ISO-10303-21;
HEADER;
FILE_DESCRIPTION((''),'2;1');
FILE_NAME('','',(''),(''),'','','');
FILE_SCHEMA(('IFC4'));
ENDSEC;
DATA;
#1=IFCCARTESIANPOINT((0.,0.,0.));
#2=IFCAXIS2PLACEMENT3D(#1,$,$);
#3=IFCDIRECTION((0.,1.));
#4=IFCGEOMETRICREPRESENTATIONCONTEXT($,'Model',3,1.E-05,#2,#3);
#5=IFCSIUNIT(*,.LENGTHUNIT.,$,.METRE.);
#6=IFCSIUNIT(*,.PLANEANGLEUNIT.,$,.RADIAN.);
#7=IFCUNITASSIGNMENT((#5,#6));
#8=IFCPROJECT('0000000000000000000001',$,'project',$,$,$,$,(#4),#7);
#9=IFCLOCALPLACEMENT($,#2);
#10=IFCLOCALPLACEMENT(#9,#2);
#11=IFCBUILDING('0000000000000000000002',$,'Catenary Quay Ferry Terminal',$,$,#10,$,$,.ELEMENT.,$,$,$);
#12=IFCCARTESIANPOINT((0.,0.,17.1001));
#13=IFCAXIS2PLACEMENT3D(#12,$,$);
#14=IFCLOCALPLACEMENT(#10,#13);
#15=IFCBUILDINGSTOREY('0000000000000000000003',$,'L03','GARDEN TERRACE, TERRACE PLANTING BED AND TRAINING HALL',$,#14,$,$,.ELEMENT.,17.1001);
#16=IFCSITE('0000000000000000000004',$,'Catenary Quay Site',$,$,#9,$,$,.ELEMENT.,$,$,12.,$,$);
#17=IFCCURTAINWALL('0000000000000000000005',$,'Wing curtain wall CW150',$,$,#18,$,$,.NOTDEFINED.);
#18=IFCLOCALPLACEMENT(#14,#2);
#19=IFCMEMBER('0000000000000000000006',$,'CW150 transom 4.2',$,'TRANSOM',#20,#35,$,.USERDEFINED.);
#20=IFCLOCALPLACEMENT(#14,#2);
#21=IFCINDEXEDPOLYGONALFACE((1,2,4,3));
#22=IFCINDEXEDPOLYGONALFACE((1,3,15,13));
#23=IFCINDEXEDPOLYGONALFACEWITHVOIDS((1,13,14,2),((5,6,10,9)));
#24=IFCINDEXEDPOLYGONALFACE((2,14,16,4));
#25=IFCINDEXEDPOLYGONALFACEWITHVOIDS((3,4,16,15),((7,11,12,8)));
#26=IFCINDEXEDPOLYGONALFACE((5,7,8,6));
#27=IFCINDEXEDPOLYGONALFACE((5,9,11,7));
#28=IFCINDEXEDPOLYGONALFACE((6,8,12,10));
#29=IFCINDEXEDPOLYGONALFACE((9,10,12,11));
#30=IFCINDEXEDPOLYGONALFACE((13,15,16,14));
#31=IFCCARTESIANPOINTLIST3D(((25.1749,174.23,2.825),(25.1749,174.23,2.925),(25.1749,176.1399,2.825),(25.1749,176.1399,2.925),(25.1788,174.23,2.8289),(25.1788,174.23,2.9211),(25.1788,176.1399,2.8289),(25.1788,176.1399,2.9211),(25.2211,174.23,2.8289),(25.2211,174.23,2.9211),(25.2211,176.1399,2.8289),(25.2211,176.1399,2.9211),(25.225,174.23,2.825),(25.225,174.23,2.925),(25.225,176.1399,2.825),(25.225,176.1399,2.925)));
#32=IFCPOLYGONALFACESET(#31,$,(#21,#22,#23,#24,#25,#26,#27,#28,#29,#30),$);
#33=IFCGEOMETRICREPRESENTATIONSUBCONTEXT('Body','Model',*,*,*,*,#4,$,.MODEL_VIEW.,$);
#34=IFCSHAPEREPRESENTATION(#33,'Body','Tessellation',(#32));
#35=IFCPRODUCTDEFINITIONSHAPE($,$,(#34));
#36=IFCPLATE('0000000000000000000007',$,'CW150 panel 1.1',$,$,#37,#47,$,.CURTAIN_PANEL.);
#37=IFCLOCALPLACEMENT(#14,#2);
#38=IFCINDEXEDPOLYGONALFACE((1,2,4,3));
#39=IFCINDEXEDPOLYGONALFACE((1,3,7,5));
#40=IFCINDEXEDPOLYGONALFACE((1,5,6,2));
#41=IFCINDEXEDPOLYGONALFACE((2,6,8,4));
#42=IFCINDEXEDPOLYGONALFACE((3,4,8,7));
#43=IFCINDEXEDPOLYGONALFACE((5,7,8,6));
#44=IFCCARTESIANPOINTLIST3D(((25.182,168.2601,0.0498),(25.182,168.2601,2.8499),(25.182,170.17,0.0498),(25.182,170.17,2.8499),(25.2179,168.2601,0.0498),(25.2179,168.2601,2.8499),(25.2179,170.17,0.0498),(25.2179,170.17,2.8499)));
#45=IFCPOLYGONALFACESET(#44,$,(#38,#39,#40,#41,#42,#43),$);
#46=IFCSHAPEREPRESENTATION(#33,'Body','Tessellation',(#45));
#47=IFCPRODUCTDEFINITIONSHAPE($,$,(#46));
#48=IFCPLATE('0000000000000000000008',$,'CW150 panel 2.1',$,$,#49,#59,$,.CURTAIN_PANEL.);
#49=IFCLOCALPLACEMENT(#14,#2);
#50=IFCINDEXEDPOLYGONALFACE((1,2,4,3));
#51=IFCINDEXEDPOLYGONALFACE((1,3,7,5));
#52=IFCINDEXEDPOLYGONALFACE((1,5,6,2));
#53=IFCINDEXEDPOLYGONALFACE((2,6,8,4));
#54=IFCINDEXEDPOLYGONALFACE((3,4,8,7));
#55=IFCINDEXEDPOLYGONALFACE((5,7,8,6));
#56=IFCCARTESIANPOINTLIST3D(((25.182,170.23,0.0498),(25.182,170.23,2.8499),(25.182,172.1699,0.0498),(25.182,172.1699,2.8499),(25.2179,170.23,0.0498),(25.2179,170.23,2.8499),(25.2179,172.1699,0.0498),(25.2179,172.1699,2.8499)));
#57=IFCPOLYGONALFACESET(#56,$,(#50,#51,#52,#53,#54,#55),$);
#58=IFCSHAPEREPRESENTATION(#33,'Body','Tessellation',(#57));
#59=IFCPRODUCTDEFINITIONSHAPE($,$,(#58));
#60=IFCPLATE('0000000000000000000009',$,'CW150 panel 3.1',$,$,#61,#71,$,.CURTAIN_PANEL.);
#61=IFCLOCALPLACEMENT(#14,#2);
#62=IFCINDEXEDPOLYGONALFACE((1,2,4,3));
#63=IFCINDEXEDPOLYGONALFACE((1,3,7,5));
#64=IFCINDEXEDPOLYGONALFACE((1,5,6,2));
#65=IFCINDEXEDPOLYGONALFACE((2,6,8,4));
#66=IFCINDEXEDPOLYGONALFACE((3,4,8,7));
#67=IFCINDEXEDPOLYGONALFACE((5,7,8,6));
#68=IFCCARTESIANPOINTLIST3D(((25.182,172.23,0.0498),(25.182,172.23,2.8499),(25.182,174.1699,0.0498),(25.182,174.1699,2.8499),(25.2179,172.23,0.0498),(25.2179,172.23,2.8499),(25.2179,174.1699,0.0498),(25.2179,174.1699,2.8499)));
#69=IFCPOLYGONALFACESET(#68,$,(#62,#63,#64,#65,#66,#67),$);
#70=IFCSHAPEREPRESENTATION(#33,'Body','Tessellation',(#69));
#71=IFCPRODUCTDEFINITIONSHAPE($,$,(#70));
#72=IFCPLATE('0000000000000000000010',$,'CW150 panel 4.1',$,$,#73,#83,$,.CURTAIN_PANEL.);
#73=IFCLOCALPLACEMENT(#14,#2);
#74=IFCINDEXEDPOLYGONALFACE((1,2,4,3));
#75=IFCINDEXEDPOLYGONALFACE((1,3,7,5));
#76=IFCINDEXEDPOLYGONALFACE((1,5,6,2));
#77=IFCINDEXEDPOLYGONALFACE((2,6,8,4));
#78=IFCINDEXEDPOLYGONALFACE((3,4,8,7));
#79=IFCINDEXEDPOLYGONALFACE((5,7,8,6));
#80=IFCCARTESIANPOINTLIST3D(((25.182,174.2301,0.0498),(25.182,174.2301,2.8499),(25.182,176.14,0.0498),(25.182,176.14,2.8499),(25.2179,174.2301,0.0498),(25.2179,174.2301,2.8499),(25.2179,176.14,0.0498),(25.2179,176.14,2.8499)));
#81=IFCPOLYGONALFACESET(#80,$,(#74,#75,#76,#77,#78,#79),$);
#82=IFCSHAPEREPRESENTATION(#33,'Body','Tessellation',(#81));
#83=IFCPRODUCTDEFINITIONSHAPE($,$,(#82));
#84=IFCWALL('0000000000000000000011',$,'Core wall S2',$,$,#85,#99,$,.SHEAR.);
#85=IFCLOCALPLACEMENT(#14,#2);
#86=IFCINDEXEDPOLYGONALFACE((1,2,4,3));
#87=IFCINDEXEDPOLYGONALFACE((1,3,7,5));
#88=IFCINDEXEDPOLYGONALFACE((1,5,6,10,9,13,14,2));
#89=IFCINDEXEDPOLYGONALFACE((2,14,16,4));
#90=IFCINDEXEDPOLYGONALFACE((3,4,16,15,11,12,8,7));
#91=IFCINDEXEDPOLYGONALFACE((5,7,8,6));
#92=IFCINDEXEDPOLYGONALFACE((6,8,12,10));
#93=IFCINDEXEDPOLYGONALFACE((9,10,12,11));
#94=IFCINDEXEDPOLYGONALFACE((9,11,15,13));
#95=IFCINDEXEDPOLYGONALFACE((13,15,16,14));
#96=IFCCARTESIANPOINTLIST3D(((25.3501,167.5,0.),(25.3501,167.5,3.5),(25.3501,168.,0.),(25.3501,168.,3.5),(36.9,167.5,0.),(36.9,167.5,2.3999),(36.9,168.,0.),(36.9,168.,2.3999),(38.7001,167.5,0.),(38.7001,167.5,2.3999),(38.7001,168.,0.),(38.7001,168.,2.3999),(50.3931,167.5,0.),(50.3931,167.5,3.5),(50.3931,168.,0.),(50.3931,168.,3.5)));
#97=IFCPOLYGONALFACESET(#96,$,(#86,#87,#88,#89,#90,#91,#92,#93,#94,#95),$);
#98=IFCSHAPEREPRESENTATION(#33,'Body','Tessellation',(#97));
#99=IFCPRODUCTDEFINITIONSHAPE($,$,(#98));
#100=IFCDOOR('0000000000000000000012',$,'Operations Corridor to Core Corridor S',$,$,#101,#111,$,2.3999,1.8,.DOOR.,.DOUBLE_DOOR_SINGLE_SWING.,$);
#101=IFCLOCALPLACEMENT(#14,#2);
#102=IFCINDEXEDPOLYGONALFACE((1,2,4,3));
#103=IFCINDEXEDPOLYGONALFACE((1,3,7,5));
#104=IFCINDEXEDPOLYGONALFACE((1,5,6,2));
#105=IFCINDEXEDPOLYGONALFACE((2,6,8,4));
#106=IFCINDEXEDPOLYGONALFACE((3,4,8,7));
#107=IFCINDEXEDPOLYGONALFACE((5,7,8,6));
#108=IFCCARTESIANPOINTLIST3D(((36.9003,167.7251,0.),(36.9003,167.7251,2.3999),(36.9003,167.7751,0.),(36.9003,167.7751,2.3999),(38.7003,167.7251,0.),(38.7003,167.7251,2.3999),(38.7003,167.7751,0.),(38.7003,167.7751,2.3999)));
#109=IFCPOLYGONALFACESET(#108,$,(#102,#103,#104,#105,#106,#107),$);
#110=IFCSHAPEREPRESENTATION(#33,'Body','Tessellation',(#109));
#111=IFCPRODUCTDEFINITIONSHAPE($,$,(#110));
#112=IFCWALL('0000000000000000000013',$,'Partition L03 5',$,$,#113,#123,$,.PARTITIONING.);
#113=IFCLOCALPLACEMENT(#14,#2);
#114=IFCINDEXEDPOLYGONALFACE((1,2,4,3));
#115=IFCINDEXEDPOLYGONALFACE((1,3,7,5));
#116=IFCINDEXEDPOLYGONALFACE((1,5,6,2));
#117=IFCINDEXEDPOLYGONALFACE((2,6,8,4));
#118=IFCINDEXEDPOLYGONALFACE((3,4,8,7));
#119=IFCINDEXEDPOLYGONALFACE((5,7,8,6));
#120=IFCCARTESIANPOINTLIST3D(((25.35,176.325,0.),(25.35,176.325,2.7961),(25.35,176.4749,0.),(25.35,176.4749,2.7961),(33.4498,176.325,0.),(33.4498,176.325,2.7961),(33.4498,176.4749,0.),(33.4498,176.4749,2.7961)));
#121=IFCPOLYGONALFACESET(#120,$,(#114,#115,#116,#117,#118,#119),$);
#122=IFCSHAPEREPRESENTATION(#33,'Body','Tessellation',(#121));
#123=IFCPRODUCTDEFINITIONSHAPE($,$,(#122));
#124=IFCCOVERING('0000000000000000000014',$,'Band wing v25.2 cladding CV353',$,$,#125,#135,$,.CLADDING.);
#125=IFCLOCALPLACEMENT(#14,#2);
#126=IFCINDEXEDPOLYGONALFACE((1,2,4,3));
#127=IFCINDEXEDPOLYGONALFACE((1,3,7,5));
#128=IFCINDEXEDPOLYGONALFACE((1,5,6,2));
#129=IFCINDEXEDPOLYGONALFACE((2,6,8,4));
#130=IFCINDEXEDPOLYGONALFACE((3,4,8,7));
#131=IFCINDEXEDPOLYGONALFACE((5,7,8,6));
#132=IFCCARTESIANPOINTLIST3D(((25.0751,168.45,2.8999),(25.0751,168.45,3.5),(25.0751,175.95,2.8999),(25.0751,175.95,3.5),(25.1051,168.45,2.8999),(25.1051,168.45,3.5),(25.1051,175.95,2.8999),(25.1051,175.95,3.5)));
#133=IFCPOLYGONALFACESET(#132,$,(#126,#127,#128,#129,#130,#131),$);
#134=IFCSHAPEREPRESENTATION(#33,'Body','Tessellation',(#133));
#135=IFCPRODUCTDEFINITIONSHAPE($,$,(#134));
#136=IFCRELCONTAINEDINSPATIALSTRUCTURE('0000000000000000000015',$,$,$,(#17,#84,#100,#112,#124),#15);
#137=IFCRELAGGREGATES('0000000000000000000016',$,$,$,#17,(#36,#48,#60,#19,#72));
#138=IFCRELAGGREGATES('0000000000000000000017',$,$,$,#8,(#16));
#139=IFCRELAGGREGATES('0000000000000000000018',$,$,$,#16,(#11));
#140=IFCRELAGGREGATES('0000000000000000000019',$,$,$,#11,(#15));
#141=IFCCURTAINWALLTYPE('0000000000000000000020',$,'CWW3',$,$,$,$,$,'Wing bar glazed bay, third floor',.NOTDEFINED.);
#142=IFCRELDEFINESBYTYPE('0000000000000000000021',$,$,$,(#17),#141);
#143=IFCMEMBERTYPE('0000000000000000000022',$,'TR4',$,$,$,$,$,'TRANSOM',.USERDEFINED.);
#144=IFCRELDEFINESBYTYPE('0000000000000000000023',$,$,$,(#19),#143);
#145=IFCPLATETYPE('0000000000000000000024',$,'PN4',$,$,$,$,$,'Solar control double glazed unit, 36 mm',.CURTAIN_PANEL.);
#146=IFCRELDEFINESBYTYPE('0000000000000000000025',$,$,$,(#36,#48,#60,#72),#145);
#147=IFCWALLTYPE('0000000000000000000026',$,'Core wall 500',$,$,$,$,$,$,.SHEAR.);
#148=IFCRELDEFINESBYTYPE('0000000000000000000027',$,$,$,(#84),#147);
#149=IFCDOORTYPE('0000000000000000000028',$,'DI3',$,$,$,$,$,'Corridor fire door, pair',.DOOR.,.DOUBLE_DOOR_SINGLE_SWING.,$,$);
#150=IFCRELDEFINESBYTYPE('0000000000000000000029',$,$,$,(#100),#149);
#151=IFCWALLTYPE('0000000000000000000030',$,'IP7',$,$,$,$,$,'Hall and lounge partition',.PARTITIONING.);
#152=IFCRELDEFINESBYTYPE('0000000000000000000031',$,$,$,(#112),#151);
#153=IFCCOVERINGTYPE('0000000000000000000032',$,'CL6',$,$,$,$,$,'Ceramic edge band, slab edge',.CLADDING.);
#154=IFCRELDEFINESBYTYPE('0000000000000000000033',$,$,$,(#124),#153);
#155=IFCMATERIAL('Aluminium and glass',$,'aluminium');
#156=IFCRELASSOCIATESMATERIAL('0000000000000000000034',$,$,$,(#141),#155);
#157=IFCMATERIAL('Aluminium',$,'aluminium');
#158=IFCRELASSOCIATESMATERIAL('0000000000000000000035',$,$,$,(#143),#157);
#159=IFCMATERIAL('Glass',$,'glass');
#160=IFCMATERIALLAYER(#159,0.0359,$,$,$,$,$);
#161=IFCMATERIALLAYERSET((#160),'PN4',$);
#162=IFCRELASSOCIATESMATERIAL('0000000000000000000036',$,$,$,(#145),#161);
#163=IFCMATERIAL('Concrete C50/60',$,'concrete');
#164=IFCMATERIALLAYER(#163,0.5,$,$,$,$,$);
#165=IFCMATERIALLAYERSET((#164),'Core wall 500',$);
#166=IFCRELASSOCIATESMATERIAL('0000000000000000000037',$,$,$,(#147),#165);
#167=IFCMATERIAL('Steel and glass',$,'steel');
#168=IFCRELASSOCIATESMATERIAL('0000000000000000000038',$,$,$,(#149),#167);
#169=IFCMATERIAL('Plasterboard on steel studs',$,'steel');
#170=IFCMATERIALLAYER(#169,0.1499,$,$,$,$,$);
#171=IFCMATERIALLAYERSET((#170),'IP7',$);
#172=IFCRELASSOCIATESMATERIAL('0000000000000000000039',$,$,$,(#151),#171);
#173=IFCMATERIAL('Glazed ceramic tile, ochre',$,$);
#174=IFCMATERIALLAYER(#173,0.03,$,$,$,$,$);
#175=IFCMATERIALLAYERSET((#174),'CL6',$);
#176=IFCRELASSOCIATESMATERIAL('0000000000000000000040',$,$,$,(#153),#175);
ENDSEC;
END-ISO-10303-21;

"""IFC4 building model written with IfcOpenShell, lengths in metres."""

from ifc_helpers import new_model, si_unit, direction, frame, frame_2d, origin, origin_2d, place, context, subcontext, project, spatial, rectangle, hollow_rectangle, extrude, material, layer, layer_set, material_profile, profile_set, type_object, element, fill, aggregate, save


model = new_model("IFC4")

# Units and contexts
model_context = context("Model", 3, precision=1e-05, world=origin(), true_north=direction((0.0, 1.0)))
body_context = subcontext(model_context, "Body", "Model", "MODEL_VIEW")
ifc_project = project(units=[si_unit("LENGTHUNIT", "METRE"), si_unit("PLANEANGLEUNIT", "RADIAN")], contexts=[model_context])

# Site, building, storey
site_placement = place(None, origin())
site = spatial("IfcSite", under=ifc_project, at=site_placement, Name="Catenary Quay Site", CompositionType="ELEMENT", RefElevation=12.0)
building_placement = place(site_placement, origin())
building = spatial("IfcBuilding", under=site, at=building_placement, Name="Catenary Quay Ferry Terminal", CompositionType="ELEMENT")
storey_placement = place(building_placement, frame((0.0, 0.0, 17.1001)))
storey = spatial("IfcBuildingStorey", under=building, at=storey_placement, Name="L03", Description="GARDEN TERRACE, TERRACE PLANTING BED AND TRAINING HALL", CompositionType="ELEMENT", Elevation=17.1001)

# Curtain wall
ifc_material_1 = material(Name="Aluminium and glass", Category="aluminium")
curtain_wall_type = type_object("IfcCurtainWallType", Name="CWW3", ElementType="Wing bar glazed bay, third floor", PredefinedType="NOTDEFINED", material=ifc_material_1)
curtain_wall_1_placement = place(storey_placement, origin())
curtain_wall_1 = element("IfcCurtainWall", 1, at=curtain_wall_1_placement, inside=storey, type_object=curtain_wall_type, Name="Wing curtain wall CW150", PredefinedType="NOTDEFINED")

# Member
ifc_material_2 = material(Name="Aluminium", Category="aluminium")
ifc_material_profile_1 = material_profile(ifc_material_2, hollow_rectangle(XDim=0.05, YDim=0.1001, WallThickness=0.0039, at=origin_2d()), Name="TR4")
ifc_profile_set_1 = profile_set([ifc_material_profile_1], Name="Aluminium")
member_type_1 = type_object("IfcMemberType", Name="TR4", ElementType="TRANSOM", PredefinedType="USERDEFINED", material=ifc_profile_set_1)
member_1_placement = place(storey_placement, frame((25.2, 174.23, 2.875), z_axis=(0.0, 1.0, 0.0), x_axis=(-1.0, 0.0, 0.0)))
member_1 = element("IfcMember", 2, at=member_1_placement, type_object=member_type_1, Name="CW150 transom 4.2", ObjectType="TRANSOM", PredefinedType="USERDEFINED", context=body_context, shape_type="SweptSolid", body=[
    extrude(hollow_rectangle(XDim=0.05, YDim=0.1001, WallThickness=0.0039, at=origin_2d()), origin(), (0.0, 0.0, 1.0), 1.9099),
])

# Plates
ifc_material_3 = material(Name="Glass", Category="glass")
ifc_layer_1 = layer(ifc_material_3, 0.0359)
ifc_layer_set_1 = layer_set([ifc_layer_1], Name="PN4")
plate_type = type_object("IfcPlateType", Name="PN4", ElementType="Solar control double glazed unit, 36 mm", PredefinedType="CURTAIN_PANEL", material=ifc_layer_set_1)
plate_1_placement = place(storey_placement, frame((25.2, 169.2151, 0.0498), z_axis=(0.0, 0.0, 1.0), x_axis=(0.0, 1.0, 0.0)))
plate_1 = element("IfcPlate", 3, at=plate_1_placement, type_object=plate_type, Name="CW150 panel 1.1", PredefinedType="CURTAIN_PANEL", context=body_context, shape_type="SweptSolid", body=[
    extrude(rectangle(XDim=1.9099, YDim=0.0359, at=origin_2d()), origin(), (0.0, 0.0, 1.0), 2.8),
])
plate_2_placement = place(storey_placement, frame((25.2, 171.2, 0.0498), z_axis=(0.0, 0.0, 1.0), x_axis=(0.0, 1.0, 0.0)))
plate_2 = element("IfcPlate", 4, at=plate_2_placement, type_object=plate_type, Name="CW150 panel 2.1", PredefinedType="CURTAIN_PANEL", context=body_context, shape_type="SweptSolid", body=[
    extrude(rectangle(XDim=1.9399, YDim=0.0359, at=origin_2d()), origin(), (0.0, 0.0, 1.0), 2.8),
])
plate_3_placement = place(storey_placement, frame((25.2, 173.2, 0.0498), z_axis=(0.0, 0.0, 1.0), x_axis=(0.0, 1.0, 0.0)))
plate_3 = element("IfcPlate", 5, at=plate_3_placement, type_object=plate_type, Name="CW150 panel 3.1", PredefinedType="CURTAIN_PANEL", context=body_context, shape_type="SweptSolid", body=[
    extrude(rectangle(XDim=1.9399, YDim=0.0359, at=origin_2d()), origin(), (0.0, 0.0, 1.0), 2.8),
])
plate_4_placement = place(storey_placement, frame((25.2, 175.1851, 0.0498), z_axis=(0.0, 0.0, 1.0), x_axis=(0.0, 1.0, 0.0)))
plate_4 = element("IfcPlate", 6, at=plate_4_placement, type_object=plate_type, Name="CW150 panel 4.1", PredefinedType="CURTAIN_PANEL", context=body_context, shape_type="SweptSolid", body=[
    extrude(rectangle(XDim=1.9099, YDim=0.0359, at=origin_2d()), origin(), (0.0, 0.0, 1.0), 2.8),
])
aggregate(curtain_wall_1, [plate_1, plate_2, plate_3, member_1, plate_4])

# Wall, opening, door
ifc_material_4 = material(Name="Concrete C50/60", Category="concrete")
ifc_layer_2 = layer(ifc_material_4, 0.5)
ifc_layer_set_2 = layer_set([ifc_layer_2], Name="Core wall 500")
wall_type_1 = type_object("IfcWallType", Name="Core wall 500", PredefinedType="SHEAR", material=ifc_layer_set_2)
wall_1_placement = place(storey_placement, frame((25.3501, 167.75, 0.0), z_axis=(0.0, 0.0, 1.0), x_axis=(1.0, 0.0, 0.0)))
wall_1 = element("IfcWall", 7, at=wall_1_placement, inside=storey, type_object=wall_type_1, Name="Core wall S2", PredefinedType="SHEAR", context=body_context, shape_type="SweptSolid", body=[
    extrude(rectangle(XDim=25.043, YDim=0.5, at=frame_2d((12.5215, 0.0))), origin(), (0.0, 0.0, 1.0), 3.5),
])
opening_placement = place(wall_1_placement, frame((11.55, 0.0, 0.0)))
opening = element("IfcOpeningElement", 8, at=opening_placement, cuts=wall_1, PredefinedType="OPENING", context=body_context, shape_type="SweptSolid", body=[
    extrude(rectangle(XDim=1.8, YDim=2.3999, at=frame_2d((0.8999, 1.2))), frame((0.0, 0.26, 0.0), z_axis=(0.0, -1.0, 0.0), x_axis=(1.0, 0.0, 0.0)), (0.0, 0.0, 1.0), 0.52),
])
ifc_material_5 = material(Name="Steel and glass", Category="steel")
door_type = type_object("IfcDoorType", Name="DI3", ElementType="Corridor fire door, pair", OperationType="DOUBLE_DOOR_SINGLE_SWING", PredefinedType="DOOR", material=ifc_material_5)
door_placement = place(opening_placement, frame((1.8, 0.0, 0.0), z_axis=(0.0, 0.0, 1.0), x_axis=(-1.0, 0.0, 0.0)))
door = element("IfcDoor", 9, at=door_placement, inside=storey, type_object=door_type, Name="Operations Corridor to Core Corridor S", OperationType="DOUBLE_DOOR_SINGLE_SWING", OverallHeight=2.3999, OverallWidth=1.8, PredefinedType="DOOR", context=body_context, shape_type="SweptSolid", body=[
    extrude(rectangle(XDim=1.8, YDim=2.3999, at=frame_2d((0.8999, 1.2))), frame((0.0, 0.0249, 0.0), z_axis=(0.0, -1.0, 0.0), x_axis=(1.0, 0.0, 0.0)), (0.0, 0.0, 1.0), 0.05),
])
fill(opening, door)

# Wall
ifc_material_6 = material(Name="Plasterboard on steel studs", Category="steel")
ifc_layer_3 = layer(ifc_material_6, 0.1499)
ifc_layer_set_3 = layer_set([ifc_layer_3], Name="IP7")
wall_type_2 = type_object("IfcWallType", Name="IP7", ElementType="Hall and lounge partition", PredefinedType="PARTITIONING", material=ifc_layer_set_3)
wall_2_placement = place(storey_placement, frame((25.3501, 176.3999, 0.0), z_axis=(0.0, 0.0, 1.0), x_axis=(1.0, 0.0, 0.0)))
element("IfcWall", 10, at=wall_2_placement, inside=storey, type_object=wall_type_2, Name="Partition L03 5", PredefinedType="PARTITIONING", context=body_context, shape_type="SweptSolid", body=[
    extrude(rectangle(XDim=8.0999, YDim=0.1499, at=frame_2d((4.0498, 0.0))), origin(), (0.0, 0.0, 1.0), 2.7961),
])

# Covering
ifc_material_7 = material(Name="Glazed ceramic tile, ochre")
ifc_layer_4 = layer(ifc_material_7, 0.03)
ifc_layer_set_4 = layer_set([ifc_layer_4], Name="CL6")
covering_type = type_object("IfcCoveringType", Name="CL6", ElementType="Ceramic edge band, slab edge", PredefinedType="CLADDING", material=ifc_layer_set_4)
covering_placement = place(storey_placement, frame((25.0901, 172.2, 2.8999), z_axis=(0.0, 0.0, 1.0), x_axis=(1.0, 0.0, 0.0)))
element("IfcCovering", 11, at=covering_placement, inside=storey, type_object=covering_type, Name="Band wing v25.2 cladding CV353", PredefinedType="CLADDING", context=body_context, shape_type="SweptSolid", body=[
    extrude(rectangle(XDim=0.03, YDim=7.5, at=origin_2d()), origin(), (0.0, 0.0, 1.0), 0.6001),
])

save(model, "model.ifc")
